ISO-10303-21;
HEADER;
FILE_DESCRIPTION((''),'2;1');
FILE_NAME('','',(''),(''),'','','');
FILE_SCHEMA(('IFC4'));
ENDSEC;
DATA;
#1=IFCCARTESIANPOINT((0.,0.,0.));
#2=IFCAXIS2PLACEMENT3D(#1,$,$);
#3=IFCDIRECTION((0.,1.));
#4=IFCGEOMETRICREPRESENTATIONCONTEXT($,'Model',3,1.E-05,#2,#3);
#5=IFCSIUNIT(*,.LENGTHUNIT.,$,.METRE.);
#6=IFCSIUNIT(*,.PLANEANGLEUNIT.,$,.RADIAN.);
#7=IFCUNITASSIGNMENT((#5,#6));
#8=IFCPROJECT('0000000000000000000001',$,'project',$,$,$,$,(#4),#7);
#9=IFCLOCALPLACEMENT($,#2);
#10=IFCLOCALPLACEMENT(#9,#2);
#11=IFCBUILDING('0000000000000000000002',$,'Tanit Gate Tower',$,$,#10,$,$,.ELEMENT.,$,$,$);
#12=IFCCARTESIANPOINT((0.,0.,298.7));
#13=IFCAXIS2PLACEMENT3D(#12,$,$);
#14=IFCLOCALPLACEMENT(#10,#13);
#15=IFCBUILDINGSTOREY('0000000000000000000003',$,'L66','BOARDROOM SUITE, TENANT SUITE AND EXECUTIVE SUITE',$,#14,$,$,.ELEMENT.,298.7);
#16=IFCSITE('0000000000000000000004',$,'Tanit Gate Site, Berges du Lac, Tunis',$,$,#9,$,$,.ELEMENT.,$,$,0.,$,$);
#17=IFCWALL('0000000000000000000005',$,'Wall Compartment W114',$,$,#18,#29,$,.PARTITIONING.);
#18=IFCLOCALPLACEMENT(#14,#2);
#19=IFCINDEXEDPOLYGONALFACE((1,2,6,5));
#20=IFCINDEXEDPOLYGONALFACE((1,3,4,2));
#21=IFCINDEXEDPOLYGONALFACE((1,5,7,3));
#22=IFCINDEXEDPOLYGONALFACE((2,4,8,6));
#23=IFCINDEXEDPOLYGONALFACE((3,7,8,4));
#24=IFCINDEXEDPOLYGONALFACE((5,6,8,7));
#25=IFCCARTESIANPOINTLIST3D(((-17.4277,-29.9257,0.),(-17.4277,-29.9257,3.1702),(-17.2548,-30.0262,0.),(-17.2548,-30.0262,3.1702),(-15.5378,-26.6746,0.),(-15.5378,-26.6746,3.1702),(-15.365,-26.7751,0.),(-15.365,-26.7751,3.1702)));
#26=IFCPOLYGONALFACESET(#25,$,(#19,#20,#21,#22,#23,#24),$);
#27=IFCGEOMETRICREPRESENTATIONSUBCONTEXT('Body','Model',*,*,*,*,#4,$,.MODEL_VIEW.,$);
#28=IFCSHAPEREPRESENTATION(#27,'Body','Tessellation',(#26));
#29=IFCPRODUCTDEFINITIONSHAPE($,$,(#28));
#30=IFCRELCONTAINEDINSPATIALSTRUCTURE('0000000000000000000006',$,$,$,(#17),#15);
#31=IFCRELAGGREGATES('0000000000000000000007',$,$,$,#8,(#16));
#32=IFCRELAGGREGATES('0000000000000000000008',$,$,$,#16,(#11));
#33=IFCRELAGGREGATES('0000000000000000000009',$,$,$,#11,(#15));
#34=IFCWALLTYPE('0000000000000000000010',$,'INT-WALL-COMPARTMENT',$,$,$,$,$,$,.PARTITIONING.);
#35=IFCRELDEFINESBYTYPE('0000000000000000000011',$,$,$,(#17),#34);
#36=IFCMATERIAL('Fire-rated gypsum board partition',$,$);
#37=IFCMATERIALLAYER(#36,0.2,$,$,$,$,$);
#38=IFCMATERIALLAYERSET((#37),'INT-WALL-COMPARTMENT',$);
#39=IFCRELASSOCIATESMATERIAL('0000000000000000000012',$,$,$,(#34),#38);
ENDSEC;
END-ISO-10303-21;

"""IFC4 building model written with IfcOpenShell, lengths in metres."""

from ifc_helpers import new_model, si_unit, direction, frame, frame_2d, origin, place, context, subcontext, project, spatial, rectangle, extrude, material, layer, layer_set, type_object, element, save


model = new_model("IFC4")

# Units and contexts
model_context = context("Model", 3, precision=1e-05, world=origin(), true_north=direction((0.0, 1.0)))
body_context = subcontext(model_context, "Body", "Model", "MODEL_VIEW")
ifc_project = project(units=[si_unit("LENGTHUNIT", "METRE"), si_unit("PLANEANGLEUNIT", "RADIAN")], contexts=[model_context])

# Site, building, storey
site_placement = place(None, origin())
site = spatial("IfcSite", under=ifc_project, at=site_placement, Name="Tanit Gate Site, Berges du Lac, Tunis", CompositionType="ELEMENT", RefElevation=0.0)
building_placement = place(site_placement, origin())
building = spatial("IfcBuilding", under=site, at=building_placement, Name="Tanit Gate Tower", CompositionType="ELEMENT")
storey_placement = place(building_placement, frame((0.0, 0.0, 298.7)))
storey = spatial("IfcBuildingStorey", under=building, at=storey_placement, Name="L66", Description="BOARDROOM SUITE, TENANT SUITE AND EXECUTIVE SUITE", CompositionType="ELEMENT", Elevation=298.7)

# Wall
ifc_material_1 = material(Name="Fire-rated gypsum board partition")
ifc_layer_1 = layer(ifc_material_1, 0.2)
ifc_layer_set_1 = layer_set([ifc_layer_1], Name="INT-WALL-COMPARTMENT")
wall_type_1 = type_object("IfcWallType", Name="INT-WALL-COMPARTMENT", PredefinedType="PARTITIONING", material=ifc_layer_set_1)
wall_1_placement = place(storey_placement, frame((-17.3413, -29.9761, 0.0), z_axis=(0.0, 0.0, 1.0), x_axis=(0.50255, 0.864548, 0.0)))
element("IfcWall", 1, at=wall_1_placement, inside=storey, type_object=wall_type_1, Name="Wall Compartment W114", PredefinedType="PARTITIONING", context=body_context, shape_type="SweptSolid", body=[
    extrude(rectangle(XDim=3.7605, YDim=0.2, at=frame_2d((1.8804, 0.0))), origin(), (0.0, 0.0, 1.0), 3.1702),
])

save(model, "model.ifc")
